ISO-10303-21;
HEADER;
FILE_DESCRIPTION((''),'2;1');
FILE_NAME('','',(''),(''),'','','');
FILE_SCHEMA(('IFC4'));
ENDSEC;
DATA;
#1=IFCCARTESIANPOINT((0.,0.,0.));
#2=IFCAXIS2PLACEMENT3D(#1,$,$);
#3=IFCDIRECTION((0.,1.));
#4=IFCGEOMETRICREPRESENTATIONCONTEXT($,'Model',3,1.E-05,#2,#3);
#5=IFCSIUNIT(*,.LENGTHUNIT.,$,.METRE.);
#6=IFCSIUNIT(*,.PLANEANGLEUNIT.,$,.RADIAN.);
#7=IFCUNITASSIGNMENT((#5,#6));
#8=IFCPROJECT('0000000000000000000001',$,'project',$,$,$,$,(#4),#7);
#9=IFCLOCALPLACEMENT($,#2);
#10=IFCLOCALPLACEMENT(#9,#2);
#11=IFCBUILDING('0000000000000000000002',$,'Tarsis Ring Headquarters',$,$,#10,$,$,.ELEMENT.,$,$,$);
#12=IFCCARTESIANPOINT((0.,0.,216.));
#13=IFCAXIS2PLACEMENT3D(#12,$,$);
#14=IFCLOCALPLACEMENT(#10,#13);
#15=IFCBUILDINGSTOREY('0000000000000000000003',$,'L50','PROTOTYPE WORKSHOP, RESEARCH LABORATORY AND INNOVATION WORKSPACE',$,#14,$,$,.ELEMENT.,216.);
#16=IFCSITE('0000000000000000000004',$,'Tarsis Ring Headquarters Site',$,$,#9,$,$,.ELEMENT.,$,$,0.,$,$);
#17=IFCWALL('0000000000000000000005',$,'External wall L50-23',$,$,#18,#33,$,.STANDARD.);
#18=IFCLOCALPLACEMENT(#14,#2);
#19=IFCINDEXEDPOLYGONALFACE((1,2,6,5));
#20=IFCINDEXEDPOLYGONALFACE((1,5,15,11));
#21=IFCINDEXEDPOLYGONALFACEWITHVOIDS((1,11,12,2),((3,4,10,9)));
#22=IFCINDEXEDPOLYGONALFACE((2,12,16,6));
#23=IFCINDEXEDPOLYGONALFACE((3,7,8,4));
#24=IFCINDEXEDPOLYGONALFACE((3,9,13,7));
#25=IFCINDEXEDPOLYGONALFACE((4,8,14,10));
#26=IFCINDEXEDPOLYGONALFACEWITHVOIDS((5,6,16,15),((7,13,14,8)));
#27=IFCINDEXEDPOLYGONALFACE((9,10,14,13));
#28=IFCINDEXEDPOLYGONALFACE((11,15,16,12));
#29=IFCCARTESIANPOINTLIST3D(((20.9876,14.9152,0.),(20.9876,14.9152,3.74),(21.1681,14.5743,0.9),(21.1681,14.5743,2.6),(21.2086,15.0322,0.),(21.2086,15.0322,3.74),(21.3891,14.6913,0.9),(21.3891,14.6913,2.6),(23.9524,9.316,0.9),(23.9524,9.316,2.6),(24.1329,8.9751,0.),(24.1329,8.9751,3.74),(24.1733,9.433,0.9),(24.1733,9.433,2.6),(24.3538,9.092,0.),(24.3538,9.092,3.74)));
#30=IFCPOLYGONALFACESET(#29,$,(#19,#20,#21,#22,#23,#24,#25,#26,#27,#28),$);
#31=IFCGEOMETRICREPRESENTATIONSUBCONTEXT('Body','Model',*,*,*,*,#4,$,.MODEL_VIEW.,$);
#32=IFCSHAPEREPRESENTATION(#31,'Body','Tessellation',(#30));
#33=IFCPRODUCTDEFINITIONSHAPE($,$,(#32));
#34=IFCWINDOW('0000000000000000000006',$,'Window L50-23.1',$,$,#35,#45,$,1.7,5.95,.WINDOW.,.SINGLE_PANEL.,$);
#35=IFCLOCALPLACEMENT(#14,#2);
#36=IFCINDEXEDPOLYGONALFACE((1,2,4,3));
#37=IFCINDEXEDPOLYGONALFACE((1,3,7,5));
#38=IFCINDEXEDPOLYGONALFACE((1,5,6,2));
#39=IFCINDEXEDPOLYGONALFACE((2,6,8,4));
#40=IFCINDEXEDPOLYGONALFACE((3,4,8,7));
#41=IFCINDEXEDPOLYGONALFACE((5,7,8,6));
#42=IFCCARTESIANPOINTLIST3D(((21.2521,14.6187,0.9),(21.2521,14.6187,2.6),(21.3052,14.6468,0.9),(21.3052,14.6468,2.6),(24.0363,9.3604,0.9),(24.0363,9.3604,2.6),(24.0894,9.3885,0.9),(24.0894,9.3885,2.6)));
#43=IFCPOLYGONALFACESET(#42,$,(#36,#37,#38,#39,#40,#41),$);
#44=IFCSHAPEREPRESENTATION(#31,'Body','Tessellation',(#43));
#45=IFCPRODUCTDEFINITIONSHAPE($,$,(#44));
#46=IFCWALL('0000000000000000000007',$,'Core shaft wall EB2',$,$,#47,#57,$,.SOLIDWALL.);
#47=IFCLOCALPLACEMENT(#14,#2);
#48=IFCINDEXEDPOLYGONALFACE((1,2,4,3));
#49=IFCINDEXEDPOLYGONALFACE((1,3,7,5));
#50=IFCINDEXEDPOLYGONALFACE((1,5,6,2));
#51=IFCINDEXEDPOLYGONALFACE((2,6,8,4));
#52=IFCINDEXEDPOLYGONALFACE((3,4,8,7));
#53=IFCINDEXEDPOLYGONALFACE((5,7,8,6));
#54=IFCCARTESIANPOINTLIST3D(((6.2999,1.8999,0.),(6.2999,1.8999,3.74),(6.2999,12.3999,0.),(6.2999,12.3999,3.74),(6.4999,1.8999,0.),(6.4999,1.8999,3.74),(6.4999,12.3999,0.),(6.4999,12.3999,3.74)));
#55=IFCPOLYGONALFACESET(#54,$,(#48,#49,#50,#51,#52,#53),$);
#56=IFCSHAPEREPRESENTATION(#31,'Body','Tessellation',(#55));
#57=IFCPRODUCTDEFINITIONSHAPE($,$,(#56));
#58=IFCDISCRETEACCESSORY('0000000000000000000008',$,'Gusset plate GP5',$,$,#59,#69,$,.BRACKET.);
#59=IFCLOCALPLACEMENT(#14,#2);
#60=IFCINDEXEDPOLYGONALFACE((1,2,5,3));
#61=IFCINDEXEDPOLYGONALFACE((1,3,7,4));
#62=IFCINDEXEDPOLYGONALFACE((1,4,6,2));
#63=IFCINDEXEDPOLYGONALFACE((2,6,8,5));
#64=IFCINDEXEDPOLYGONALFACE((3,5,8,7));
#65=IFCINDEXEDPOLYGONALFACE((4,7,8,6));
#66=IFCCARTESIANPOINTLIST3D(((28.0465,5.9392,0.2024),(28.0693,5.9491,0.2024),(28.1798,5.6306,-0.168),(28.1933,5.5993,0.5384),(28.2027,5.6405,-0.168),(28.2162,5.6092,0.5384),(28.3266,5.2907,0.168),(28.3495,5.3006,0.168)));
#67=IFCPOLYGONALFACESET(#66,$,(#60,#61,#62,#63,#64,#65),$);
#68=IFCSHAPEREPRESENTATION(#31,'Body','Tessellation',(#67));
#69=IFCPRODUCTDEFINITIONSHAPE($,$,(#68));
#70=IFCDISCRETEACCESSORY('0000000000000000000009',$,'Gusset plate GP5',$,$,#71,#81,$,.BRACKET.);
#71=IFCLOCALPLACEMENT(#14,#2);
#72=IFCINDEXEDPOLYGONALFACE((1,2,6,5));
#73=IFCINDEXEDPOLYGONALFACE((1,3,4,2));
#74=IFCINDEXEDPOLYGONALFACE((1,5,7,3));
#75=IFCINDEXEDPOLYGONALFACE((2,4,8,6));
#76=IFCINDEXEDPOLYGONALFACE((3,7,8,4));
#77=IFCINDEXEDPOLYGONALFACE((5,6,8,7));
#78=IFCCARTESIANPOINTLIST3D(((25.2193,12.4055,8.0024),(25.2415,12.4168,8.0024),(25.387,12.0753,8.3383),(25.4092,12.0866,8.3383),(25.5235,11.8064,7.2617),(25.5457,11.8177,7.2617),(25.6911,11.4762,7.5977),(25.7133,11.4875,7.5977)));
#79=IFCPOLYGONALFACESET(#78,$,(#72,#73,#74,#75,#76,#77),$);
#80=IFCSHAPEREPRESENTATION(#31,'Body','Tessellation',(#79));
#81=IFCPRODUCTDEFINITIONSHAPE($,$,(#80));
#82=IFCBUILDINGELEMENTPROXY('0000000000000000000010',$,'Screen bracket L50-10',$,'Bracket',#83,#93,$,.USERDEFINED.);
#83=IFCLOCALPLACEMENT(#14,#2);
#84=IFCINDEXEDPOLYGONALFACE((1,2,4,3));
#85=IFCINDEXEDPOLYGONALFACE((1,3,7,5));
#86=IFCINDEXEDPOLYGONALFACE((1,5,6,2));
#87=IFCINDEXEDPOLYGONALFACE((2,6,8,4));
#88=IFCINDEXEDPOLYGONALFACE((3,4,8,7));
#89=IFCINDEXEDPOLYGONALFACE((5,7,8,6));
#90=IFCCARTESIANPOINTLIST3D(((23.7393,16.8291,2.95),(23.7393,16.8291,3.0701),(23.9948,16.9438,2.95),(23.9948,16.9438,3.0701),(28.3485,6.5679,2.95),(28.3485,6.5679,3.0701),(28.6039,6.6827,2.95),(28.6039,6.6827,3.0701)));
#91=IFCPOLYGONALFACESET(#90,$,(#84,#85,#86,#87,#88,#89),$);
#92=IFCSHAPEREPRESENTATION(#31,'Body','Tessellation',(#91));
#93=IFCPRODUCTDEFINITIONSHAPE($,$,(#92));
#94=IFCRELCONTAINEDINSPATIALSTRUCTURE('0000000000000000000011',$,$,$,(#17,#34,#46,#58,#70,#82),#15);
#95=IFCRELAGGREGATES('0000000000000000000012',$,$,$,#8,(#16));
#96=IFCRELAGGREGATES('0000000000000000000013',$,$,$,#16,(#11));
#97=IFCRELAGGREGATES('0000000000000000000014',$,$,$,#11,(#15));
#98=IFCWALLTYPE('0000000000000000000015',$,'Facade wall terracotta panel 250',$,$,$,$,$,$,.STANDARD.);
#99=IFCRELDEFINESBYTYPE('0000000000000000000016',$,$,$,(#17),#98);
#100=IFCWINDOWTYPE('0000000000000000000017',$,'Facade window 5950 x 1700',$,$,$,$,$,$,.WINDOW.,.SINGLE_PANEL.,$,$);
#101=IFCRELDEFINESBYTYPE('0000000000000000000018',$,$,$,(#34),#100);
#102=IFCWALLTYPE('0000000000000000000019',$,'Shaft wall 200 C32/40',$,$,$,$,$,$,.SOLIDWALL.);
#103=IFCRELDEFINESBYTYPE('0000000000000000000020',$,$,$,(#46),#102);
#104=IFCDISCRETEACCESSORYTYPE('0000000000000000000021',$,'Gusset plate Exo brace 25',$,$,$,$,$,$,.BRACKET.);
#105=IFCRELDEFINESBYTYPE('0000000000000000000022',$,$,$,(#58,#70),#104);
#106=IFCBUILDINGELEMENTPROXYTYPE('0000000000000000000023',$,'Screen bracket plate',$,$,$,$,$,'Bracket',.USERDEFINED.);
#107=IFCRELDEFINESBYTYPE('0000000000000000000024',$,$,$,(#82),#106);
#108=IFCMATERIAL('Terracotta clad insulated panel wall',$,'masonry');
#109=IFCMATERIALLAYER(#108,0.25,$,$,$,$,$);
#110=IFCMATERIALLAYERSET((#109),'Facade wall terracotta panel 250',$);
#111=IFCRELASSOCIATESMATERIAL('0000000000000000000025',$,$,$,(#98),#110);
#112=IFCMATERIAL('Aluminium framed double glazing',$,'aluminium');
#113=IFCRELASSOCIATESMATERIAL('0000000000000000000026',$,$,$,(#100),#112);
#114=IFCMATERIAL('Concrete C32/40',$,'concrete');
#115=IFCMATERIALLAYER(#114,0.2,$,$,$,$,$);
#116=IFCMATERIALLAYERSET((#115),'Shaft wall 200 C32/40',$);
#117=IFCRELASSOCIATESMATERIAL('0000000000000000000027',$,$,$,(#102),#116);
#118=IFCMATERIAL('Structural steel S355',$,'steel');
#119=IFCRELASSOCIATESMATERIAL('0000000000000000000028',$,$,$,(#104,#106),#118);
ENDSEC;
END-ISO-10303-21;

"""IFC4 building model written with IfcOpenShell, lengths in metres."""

from ifc_helpers import new_model, si_unit, direction, frame, frame_2d, origin, origin_2d, place, context, subcontext, project, spatial, rectangle, extrude, material, layer, layer_set, material_profile, profile_set, type_object, element, fill, save


model = new_model("IFC4")

# Units and contexts
model_context = context("Model", 3, precision=1e-05, world=origin(), true_north=direction((0.0, 1.0)))
body_context = subcontext(model_context, "Body", "Model", "MODEL_VIEW")
ifc_project = project(units=[si_unit("LENGTHUNIT", "METRE"), si_unit("PLANEANGLEUNIT", "RADIAN")], contexts=[model_context])

# Site, building, storey
site_placement = place(None, origin())
site = spatial("IfcSite", under=ifc_project, at=site_placement, Name="Tarsis Ring Headquarters Site", CompositionType="ELEMENT", RefElevation=0.0)
building_placement = place(site_placement, origin())
building = spatial("IfcBuilding", under=site, at=building_placement, Name="Tarsis Ring Headquarters", CompositionType="ELEMENT")
storey_placement = place(building_placement, frame((0.0, 0.0, 216.0)))
storey = spatial("IfcBuildingStorey", under=building, at=storey_placement, Name="L50", Description="PROTOTYPE WORKSHOP, RESEARCH LABORATORY AND INNOVATION WORKSPACE", CompositionType="ELEMENT", Elevation=216.0)

# Shared definitions
ifc_material_1 = material(Name="Structural steel S355", Category="steel")

# Wall, opening, window
ifc_material_2 = material(Name="Terracotta clad insulated panel wall", Category="masonry")
ifc_layer_1 = layer(ifc_material_2, 0.25)
ifc_layer_set_1 = layer_set([ifc_layer_1], Name="Facade wall terracotta panel 250")
wall_type_1 = type_object("IfcWallType", Name="Facade wall terracotta panel 250", PredefinedType="STANDARD", material=ifc_layer_set_1)
ifc_material_3 = material(Name="Aluminium framed double glazing", Category="aluminium")
window_type = type_object("IfcWindowType", Name="Facade window 5950 x 1700", PartitioningType="SINGLE_PANEL", PredefinedType="WINDOW", material=ifc_material_3)
wall_1_placement = place(storey_placement, frame((24.2434, 9.0334, 0.0), z_axis=(0.0, 0.0, 1.0), x_axis=(-0.467941, 0.88376, 0.0)))
wall_1 = element("IfcWall", 1, at=wall_1_placement, inside=storey, type_object=wall_type_1, Name="External wall L50-23", PredefinedType="STANDARD", context=body_context, shape_type="SweptSolid", body=[
    extrude(rectangle(XDim=6.7214, YDim=0.25, at=frame_2d((3.3608, 0.0))), origin(), (0.0, 0.0, 1.0), 3.74),
])
opening_1_placement = place(wall_1_placement, frame((0.3857, 0.0, 0.8999)))
opening_1 = element("IfcOpeningElement", 2, at=opening_1_placement, cuts=wall_1, PredefinedType="OPENING", context=body_context, shape_type="SweptSolid", body=[
    extrude(rectangle(XDim=5.95, YDim=1.7, at=frame_2d((2.9751, 0.8501))), frame((0.0, 0.135, 0.0), z_axis=(0.0, -1.0, 0.0), x_axis=(1.0, 0.0, 0.0)), (0.0, 0.0, 1.0), 0.27),
])
window_1_placement = place(opening_1_placement, origin())
window_1 = element("IfcWindow", 3, at=window_1_placement, inside=storey, type_object=window_type, Name="Window L50-23.1", OverallHeight=1.7, OverallWidth=5.95, PartitioningType="SINGLE_PANEL", PredefinedType="WINDOW", context=body_context, shape_type="SweptSolid", body=[
    extrude(rectangle(XDim=5.95, YDim=1.7, at=frame_2d((2.9751, 0.8501))), frame((0.0, 0.03, 0.0), z_axis=(0.0, -1.0, 0.0), x_axis=(1.0, 0.0, 0.0)), (0.0, 0.0, 1.0), 0.0601),
])
fill(opening_1, window_1)

# Wall
ifc_material_4 = material(Name="Concrete C32/40", Category="concrete")
ifc_layer_2 = layer(ifc_material_4, 0.2)
ifc_layer_set_2 = layer_set([ifc_layer_2], Name="Shaft wall 200 C32/40")
wall_type_2 = type_object("IfcWallType", Name="Shaft wall 200 C32/40", PredefinedType="SOLIDWALL", material=ifc_layer_set_2)
wall_2_placement = place(storey_placement, frame((6.3999, 1.8999, 0.0), z_axis=(0.0, 0.0, 1.0), x_axis=(0.0, 1.0, 0.0)))
element("IfcWall", 4, at=wall_2_placement, inside=storey, type_object=wall_type_2, Name="Core shaft wall EB2", PredefinedType="SOLIDWALL", context=body_context, shape_type="SweptSolid", body=[
    extrude(rectangle(XDim=10.5, YDim=0.2, at=frame_2d((5.25, 0.0))), origin(), (0.0, 0.0, 1.0), 3.74),
])

# Discrete accessories
ifc_material_profile_1 = material_profile(ifc_material_1, rectangle(XDim=0.0249, YDim=0.5, at=origin_2d()), Name="PL 25x500")
ifc_profile_set_1 = profile_set([ifc_material_profile_1], Name="Structural steel S355")
discrete_accessory_type = type_object("IfcDiscreteAccessoryType", Name="Gusset plate Exo brace 25", PredefinedType="BRACKET", material=ifc_profile_set_1)
discrete_accessory_1_placement = place(storey_placement, frame((28.2646, 5.4656, 0.0), z_axis=(-0.266513, 0.616982, 0.740476), x_axis=(-0.918014, -0.396547, 0.0)))
element("IfcDiscreteAccessory", 5, at=discrete_accessory_1_placement, inside=storey, type_object=discrete_accessory_type, Name="Gusset plate GP5", PredefinedType="BRACKET", context=body_context, shape_type="SweptSolid", body=[
    extrude(rectangle(XDim=0.0249, YDim=0.5, at=origin_2d()), origin(), (0.0, 0.0, 1.0), 0.5002),
])
discrete_accessory_2_placement = place(storey_placement, frame((25.6184, 11.647, 7.4297), z_axis=(-0.304176, 0.599075, 0.740666), x_axis=(-0.891649, -0.452728, 0.0)))
element("IfcDiscreteAccessory", 6, at=discrete_accessory_2_placement, inside=storey, type_object=discrete_accessory_type, Name="Gusset plate GP5", PredefinedType="BRACKET", context=body_context, shape_type="SweptSolid", body=[
    extrude(rectangle(XDim=0.0249, YDim=0.5, at=origin_2d()), origin(), (0.0, 0.0, 1.0), 1.0),
])

# Building element proxy
building_element_proxy_type = type_object("IfcBuildingElementProxyType", Name="Screen bracket plate", ElementType="Bracket", PredefinedType="USERDEFINED", material=ifc_material_1)
proxy_placement = place(storey_placement, frame((26.1716, 11.7559, 2.95), z_axis=(0.0, 0.0, 1.0), x_axis=(-0.409744, 0.912201, 0.0)))
element("IfcBuildingElementProxy", 7, at=proxy_placement, inside=storey, type_object=building_element_proxy_type, Name="Screen bracket L50-10", ObjectType="Bracket", PredefinedType="USERDEFINED", context=body_context, shape_type="SweptSolid", body=[
    extrude(rectangle(XDim=11.2488, YDim=0.28, at=origin_2d()), origin(), (0.0, 0.0, 1.0), 0.1201),
])

save(model, "model.ifc")
